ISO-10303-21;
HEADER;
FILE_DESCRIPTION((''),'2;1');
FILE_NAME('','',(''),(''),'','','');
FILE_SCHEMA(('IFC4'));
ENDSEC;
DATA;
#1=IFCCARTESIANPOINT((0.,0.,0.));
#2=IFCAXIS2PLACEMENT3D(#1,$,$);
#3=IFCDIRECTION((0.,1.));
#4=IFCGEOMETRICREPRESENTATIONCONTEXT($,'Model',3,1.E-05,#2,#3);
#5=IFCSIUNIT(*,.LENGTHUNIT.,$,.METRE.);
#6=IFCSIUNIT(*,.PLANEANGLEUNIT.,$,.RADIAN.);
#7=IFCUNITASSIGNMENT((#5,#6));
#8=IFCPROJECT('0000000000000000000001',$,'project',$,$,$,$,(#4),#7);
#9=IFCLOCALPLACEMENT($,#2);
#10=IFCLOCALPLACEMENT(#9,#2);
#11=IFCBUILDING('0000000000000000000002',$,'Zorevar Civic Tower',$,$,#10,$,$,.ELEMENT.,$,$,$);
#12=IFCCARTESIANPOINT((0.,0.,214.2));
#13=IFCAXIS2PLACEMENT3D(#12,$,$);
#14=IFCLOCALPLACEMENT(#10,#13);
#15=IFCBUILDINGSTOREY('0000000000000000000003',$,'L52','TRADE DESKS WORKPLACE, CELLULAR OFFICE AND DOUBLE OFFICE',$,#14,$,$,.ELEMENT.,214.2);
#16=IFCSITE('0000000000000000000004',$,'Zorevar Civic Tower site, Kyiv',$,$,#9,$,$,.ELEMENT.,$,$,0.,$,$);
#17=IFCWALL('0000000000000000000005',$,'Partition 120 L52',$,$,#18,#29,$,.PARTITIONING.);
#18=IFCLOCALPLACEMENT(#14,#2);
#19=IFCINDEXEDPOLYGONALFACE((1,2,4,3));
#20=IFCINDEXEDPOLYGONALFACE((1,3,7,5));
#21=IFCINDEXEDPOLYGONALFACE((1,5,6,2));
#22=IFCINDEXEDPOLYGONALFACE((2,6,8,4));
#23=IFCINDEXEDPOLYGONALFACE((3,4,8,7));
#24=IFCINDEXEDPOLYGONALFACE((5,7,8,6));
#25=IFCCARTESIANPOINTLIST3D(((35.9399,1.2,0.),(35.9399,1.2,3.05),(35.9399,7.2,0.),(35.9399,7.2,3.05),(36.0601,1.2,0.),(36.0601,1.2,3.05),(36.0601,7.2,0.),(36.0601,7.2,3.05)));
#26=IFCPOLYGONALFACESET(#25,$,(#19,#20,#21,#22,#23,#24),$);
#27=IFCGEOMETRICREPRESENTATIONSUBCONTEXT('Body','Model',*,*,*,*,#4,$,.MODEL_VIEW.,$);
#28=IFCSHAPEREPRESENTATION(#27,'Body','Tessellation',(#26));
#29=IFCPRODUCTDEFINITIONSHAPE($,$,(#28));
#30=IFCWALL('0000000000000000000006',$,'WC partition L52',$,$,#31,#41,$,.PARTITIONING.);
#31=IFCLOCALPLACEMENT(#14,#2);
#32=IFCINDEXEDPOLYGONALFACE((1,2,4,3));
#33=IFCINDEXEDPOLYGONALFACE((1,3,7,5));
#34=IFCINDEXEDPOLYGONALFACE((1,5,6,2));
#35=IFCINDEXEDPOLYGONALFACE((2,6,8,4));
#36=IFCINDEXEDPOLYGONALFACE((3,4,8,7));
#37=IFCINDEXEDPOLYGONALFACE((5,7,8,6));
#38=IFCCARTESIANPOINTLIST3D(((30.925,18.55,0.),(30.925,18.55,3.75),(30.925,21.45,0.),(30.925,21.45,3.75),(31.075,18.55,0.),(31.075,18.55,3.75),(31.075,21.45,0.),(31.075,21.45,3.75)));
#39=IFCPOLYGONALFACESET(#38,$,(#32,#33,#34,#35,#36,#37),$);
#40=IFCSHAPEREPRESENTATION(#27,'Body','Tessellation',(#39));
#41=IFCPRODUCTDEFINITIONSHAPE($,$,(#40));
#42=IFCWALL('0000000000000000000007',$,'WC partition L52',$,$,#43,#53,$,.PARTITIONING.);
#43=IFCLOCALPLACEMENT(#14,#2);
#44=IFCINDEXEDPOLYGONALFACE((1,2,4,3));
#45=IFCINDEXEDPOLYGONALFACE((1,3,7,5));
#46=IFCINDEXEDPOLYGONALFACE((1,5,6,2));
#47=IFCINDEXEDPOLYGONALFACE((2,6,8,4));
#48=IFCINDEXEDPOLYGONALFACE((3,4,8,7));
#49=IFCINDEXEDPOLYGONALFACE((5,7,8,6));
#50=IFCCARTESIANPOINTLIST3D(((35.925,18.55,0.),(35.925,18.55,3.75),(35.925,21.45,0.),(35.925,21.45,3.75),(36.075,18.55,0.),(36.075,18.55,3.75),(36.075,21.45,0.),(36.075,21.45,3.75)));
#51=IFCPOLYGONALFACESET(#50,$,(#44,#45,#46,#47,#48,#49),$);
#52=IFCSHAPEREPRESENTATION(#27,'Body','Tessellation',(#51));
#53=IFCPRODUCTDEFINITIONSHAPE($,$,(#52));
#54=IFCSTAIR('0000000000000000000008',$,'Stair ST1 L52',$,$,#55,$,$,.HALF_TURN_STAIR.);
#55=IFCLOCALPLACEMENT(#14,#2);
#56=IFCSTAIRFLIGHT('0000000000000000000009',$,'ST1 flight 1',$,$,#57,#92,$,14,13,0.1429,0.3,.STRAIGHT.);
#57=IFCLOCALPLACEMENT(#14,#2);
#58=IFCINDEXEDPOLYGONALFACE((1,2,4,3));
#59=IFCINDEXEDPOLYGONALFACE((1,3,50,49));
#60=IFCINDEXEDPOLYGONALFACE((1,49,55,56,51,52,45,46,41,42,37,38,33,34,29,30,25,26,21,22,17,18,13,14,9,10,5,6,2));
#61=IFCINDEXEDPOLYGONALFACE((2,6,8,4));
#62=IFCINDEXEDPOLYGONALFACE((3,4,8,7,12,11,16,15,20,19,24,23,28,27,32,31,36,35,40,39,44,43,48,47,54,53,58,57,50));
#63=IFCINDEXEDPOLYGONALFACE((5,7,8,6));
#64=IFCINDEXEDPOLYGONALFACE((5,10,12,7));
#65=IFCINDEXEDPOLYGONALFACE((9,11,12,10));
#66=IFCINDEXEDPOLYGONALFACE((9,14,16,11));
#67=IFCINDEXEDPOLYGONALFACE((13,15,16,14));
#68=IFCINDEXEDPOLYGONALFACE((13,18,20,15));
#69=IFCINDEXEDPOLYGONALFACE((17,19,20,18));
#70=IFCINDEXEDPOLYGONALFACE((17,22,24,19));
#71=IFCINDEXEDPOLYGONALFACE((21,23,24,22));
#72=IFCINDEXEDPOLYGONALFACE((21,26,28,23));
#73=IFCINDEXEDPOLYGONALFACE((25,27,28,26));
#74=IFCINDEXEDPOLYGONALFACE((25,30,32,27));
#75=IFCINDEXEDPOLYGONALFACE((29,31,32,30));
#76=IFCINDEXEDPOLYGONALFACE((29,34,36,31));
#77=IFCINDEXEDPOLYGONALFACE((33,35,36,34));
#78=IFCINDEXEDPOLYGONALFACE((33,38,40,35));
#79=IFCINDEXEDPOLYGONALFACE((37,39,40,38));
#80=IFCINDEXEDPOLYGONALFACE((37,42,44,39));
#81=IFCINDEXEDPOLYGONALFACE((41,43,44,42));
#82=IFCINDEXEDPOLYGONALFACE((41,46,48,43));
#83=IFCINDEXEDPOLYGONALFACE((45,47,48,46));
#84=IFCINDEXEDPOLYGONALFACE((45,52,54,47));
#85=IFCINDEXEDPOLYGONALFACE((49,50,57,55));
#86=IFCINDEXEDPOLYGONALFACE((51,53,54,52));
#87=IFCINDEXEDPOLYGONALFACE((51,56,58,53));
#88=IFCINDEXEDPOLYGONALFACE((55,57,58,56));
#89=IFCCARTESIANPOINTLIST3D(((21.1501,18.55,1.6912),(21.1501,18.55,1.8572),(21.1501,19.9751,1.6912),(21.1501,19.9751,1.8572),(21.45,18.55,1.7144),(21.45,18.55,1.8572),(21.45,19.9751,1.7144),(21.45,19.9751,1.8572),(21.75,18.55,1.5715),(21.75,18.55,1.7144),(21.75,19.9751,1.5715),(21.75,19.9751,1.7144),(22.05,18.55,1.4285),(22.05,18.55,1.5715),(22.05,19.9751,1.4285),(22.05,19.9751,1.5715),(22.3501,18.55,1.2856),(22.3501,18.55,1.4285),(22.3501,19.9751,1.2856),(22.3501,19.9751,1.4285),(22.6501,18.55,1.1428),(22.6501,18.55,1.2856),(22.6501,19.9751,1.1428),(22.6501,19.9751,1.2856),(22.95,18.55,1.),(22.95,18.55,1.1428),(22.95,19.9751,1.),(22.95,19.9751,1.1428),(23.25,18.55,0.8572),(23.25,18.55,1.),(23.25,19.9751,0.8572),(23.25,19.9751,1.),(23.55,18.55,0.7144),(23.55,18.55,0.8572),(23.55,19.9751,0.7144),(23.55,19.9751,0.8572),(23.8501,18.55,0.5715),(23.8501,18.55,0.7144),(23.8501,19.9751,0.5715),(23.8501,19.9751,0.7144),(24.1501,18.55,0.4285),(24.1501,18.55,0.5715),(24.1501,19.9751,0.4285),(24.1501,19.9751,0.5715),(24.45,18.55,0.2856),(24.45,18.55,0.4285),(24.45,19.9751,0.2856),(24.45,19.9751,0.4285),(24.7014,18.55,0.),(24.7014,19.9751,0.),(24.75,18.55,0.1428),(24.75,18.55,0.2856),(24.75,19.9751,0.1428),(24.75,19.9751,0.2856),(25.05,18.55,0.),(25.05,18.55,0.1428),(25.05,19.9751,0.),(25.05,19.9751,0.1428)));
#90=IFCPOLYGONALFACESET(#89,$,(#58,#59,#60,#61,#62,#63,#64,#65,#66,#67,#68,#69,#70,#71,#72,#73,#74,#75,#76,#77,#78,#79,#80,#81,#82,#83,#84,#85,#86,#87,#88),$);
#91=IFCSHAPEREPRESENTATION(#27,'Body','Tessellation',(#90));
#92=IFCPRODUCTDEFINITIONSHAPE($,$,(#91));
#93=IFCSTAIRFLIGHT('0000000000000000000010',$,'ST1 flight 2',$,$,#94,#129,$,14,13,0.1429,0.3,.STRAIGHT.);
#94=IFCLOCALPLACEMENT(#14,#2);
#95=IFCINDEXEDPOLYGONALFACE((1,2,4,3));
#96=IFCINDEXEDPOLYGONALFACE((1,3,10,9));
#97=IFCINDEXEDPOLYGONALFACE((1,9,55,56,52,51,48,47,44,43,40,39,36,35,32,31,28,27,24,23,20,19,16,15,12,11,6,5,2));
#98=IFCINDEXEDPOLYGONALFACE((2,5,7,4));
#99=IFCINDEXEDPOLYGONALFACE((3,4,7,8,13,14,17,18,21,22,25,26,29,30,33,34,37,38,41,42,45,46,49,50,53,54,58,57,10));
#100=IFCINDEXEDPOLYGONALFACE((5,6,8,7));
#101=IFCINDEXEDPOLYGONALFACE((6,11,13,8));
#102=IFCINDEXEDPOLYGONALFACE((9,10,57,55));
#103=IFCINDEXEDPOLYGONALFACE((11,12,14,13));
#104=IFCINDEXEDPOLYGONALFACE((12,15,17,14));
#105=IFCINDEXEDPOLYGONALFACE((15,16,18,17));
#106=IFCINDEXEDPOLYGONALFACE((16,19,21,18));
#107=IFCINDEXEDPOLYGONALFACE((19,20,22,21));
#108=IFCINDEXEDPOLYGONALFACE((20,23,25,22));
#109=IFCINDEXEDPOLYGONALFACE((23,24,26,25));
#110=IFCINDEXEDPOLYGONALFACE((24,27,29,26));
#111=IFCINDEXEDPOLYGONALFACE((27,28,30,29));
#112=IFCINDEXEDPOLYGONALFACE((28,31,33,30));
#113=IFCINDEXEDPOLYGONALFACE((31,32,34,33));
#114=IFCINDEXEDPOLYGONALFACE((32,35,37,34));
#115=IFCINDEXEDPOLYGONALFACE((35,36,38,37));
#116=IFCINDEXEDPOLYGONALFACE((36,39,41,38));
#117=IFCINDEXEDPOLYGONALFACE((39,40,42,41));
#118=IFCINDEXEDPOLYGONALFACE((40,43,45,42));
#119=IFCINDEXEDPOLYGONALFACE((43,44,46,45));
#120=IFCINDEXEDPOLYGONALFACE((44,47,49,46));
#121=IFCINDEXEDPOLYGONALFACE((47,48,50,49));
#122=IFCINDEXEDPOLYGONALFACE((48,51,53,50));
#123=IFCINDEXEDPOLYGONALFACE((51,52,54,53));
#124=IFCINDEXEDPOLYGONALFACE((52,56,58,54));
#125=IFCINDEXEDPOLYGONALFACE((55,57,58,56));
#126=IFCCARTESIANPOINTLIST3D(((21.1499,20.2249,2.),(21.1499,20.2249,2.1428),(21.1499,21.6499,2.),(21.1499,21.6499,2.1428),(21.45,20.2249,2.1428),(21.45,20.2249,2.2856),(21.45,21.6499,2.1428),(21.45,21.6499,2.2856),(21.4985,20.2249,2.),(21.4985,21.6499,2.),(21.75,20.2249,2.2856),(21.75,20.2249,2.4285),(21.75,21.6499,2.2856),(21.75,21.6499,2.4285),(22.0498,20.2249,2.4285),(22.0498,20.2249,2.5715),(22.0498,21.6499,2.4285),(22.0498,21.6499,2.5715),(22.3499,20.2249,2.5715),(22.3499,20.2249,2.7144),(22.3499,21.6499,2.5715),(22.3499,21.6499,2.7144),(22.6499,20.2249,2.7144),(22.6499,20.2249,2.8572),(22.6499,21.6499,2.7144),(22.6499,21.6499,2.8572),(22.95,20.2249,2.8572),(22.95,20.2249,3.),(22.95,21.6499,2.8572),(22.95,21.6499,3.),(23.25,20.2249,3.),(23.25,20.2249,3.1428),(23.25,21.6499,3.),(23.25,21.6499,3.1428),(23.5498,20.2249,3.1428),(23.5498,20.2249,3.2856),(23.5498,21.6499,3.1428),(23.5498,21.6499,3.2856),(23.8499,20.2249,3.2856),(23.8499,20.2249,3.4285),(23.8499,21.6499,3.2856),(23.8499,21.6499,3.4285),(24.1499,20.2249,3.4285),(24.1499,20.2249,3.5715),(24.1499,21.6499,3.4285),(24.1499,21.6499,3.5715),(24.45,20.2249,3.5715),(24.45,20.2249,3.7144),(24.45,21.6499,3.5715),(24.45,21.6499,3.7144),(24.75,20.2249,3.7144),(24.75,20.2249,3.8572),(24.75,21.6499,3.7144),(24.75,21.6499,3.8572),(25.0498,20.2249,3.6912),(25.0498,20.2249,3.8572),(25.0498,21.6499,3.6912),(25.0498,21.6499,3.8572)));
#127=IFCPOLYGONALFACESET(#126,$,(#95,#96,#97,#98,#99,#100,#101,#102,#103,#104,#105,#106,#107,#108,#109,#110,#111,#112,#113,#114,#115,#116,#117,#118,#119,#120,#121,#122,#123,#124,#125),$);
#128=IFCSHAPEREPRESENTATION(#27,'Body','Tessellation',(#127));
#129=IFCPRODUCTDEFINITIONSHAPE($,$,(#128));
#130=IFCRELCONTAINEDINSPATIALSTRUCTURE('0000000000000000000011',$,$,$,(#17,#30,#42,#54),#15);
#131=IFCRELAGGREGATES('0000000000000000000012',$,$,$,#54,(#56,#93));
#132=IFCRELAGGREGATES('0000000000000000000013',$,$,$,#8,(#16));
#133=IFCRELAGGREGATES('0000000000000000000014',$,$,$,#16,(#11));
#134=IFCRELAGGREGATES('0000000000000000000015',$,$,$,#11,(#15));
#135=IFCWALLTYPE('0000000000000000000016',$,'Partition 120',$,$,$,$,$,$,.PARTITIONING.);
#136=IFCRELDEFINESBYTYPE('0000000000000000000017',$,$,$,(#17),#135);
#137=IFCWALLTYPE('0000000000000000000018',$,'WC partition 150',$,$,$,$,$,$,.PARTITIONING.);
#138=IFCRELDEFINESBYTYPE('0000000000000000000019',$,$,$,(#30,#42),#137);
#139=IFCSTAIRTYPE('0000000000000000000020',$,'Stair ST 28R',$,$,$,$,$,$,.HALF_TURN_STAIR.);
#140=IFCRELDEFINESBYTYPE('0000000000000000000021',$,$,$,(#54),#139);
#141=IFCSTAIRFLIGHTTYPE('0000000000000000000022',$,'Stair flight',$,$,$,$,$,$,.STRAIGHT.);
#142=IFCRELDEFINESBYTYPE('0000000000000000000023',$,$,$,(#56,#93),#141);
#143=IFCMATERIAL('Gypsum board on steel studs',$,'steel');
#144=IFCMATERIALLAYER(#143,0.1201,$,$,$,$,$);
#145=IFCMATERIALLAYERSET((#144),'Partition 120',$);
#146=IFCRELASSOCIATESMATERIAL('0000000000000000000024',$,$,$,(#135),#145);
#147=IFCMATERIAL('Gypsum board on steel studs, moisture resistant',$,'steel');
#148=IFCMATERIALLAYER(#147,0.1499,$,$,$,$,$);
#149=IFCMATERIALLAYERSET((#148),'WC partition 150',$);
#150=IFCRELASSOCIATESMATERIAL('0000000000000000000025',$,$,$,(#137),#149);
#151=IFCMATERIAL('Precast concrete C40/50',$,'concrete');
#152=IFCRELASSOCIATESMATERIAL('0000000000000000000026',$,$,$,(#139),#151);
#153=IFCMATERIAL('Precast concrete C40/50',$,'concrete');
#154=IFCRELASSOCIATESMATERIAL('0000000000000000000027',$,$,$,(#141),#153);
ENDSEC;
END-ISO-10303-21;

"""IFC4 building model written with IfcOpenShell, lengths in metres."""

from ifc_helpers import new_model, si_unit, direction, frame, frame_2d, origin, place, context, subcontext, project, spatial, polyline, rectangle, outline, extrude, material, layer, layer_set, type_object, element, aggregate, save


model = new_model("IFC4")

# Units and contexts
model_context = context("Model", 3, precision=1e-05, world=origin(), true_north=direction((0.0, 1.0)))
body_context = subcontext(model_context, "Body", "Model", "MODEL_VIEW")
ifc_project = project(units=[si_unit("LENGTHUNIT", "METRE"), si_unit("PLANEANGLEUNIT", "RADIAN")], contexts=[model_context])

# Site, building, storey
site_placement = place(None, origin())
site = spatial("IfcSite", under=ifc_project, at=site_placement, Name="Zorevar Civic Tower site, Kyiv", CompositionType="ELEMENT", RefElevation=0.0)
building_placement = place(site_placement, origin())
building = spatial("IfcBuilding", under=site, at=building_placement, Name="Zorevar Civic Tower", CompositionType="ELEMENT")
storey_placement = place(building_placement, frame((0.0, 0.0, 214.2)))
storey = spatial("IfcBuildingStorey", under=building, at=storey_placement, Name="L52", Description="TRADE DESKS WORKPLACE, CELLULAR OFFICE AND DOUBLE OFFICE", CompositionType="ELEMENT", Elevation=214.2)

# Shared definitions
ifc_material_1 = material(Name="Gypsum board on steel studs", Category="steel")
ifc_layer_1 = layer(ifc_material_1, 0.1201)
ifc_layer_set_1 = layer_set([ifc_layer_1], Name="Partition 120")
wall_type_1 = type_object("IfcWallType", Name="Partition 120", PredefinedType="PARTITIONING", material=ifc_layer_set_1)

# Walls
wall_1_placement = place(storey_placement, frame((36.0, 1.2, 0.0), z_axis=(0.0, 0.0, 1.0), x_axis=(0.0, 1.0, 0.0)))
element("IfcWall", 1, at=wall_1_placement, inside=storey, type_object=wall_type_1, Name="Partition 120 L52", PredefinedType="PARTITIONING", context=body_context, shape_type="SweptSolid", body=[
    extrude(rectangle(XDim=6.0, YDim=0.1201, at=frame_2d((3.0, 0.0))), origin(), (0.0, 0.0, 1.0), 3.05),
])
ifc_material_2 = material(Name="Gypsum board on steel studs, moisture resistant", Category="steel")
ifc_layer_2 = layer(ifc_material_2, 0.1499)
ifc_layer_set_2 = layer_set([ifc_layer_2], Name="WC partition 150")
wall_type_2 = type_object("IfcWallType", Name="WC partition 150", PredefinedType="PARTITIONING", material=ifc_layer_set_2)
for number, where, z_axis, x_axis, name in (
    (2, (31.0, 18.55, 0.0), (0.0, 0.0, 1.0), (0.0, 1.0, 0.0), "WC partition L52"),
    (3, (36.0, 18.55, 0.0), (0.0, 0.0, 1.0), (0.0, 1.0, 0.0), "WC partition L52"),
):
    element("IfcWall", number, at=place(storey_placement, frame(where, z_axis=z_axis, x_axis=x_axis)), inside=storey, type_object=wall_type_2, Name=name, PredefinedType="PARTITIONING", context=body_context, shape_type="SweptSolid", body=[
        extrude(rectangle(XDim=2.8999, YDim=0.1499, at=frame_2d((1.45, 0.0))), origin(), (0.0, 0.0, 1.0), 3.75),
    ])

# Stair, stair flights
ifc_material_3 = material(Name="Precast concrete C40/50", Category="concrete")
stair_type = type_object("IfcStairType", Name="Stair ST 28R", PredefinedType="HALF_TURN_STAIR", material=ifc_material_3)
stair_placement = place(storey_placement, origin())
stair = element("IfcStair", 4, at=stair_placement, inside=storey, type_object=stair_type, Name="Stair ST1 L52", PredefinedType="HALF_TURN_STAIR")
ifc_material_4 = material(Name="Precast concrete C40/50", Category="concrete")
stair_flight_type = type_object("IfcStairFlightType", Name="Stair flight", PredefinedType="STRAIGHT", material=ifc_material_4)
stair_flight_1_placement = place(storey_placement, frame((25.05, 19.2625, 0.0), z_axis=(0.0, 0.0, 1.0), x_axis=(-1.0, 0.0, 0.0)))
stair_flight_1 = element("IfcStairFlight", 5, at=stair_flight_1_placement, type_object=stair_flight_type, Name="ST1 flight 1", NumberOfRisers=14, NumberOfTreads=13, PredefinedType="STRAIGHT", RiserHeight=0.1429, TreadLength=0.3, context=body_context, shape_type="SweptSolid", body=[
    extrude(outline(polyline([(0.0, 0.0), (0.0, 0.1428), (0.3, 0.1428), (0.3, 0.2856), (0.6001, 0.2856), (0.6001, 0.4285), (0.8999, 0.4285), (0.8999, 0.5715), (1.2, 0.5715), (1.2, 0.7144), (1.5, 0.7144), (1.5, 0.8572), (1.8, 0.8572), (1.8, 1.0), (2.1001, 1.0), (2.1001, 1.1428), (2.3999, 1.1428), (2.3999, 1.2856), (2.7, 1.2856), (2.7, 1.4285), (3.0, 1.4285), (3.0, 1.5715), (3.3, 1.5715), (3.3, 1.7144), (3.6001, 1.7144), (3.6001, 1.8572), (3.8999, 1.8572), (3.8999, 2.0), (3.8999, 1.6912), (0.3486, 0.0), (0.0, 0.0)])), frame((0.0, 0.7124, 0.0), z_axis=(0.0, -1.0, 0.0), x_axis=(1.0, 0.0, 0.0)), (0.0, 0.0, 1.0), 1.425),
])
stair_flight_2_placement = place(storey_placement, frame((21.1499, 20.9375, 2.0), z_axis=(0.0, 0.0, 1.0), x_axis=(1.0, 0.0, 0.0)))
stair_flight_2 = element("IfcStairFlight", 6, at=stair_flight_2_placement, type_object=stair_flight_type, Name="ST1 flight 2", NumberOfRisers=14, NumberOfTreads=13, PredefinedType="STRAIGHT", RiserHeight=0.1429, TreadLength=0.3, context=body_context, shape_type="SweptSolid", body=[
    extrude(outline(polyline([(0.0, 0.0), (0.0, 0.1428), (0.3, 0.1428), (0.3, 0.2856), (0.6001, 0.2856), (0.6001, 0.4285), (0.8999, 0.4285), (0.8999, 0.5715), (1.2, 0.5715), (1.2, 0.7144), (1.5, 0.7144), (1.5, 0.8572), (1.8, 0.8572), (1.8, 1.0), (2.1001, 1.0), (2.1001, 1.1428), (2.3999, 1.1428), (2.3999, 1.2856), (2.7, 1.2856), (2.7, 1.4285), (3.0, 1.4285), (3.0, 1.5715), (3.3, 1.5715), (3.3, 1.7144), (3.6001, 1.7144), (3.6001, 1.8572), (3.8999, 1.8572), (3.8999, 2.0), (3.8999, 1.6912), (0.3486, 0.0), (0.0, 0.0)])), frame((0.0, 0.7124, 0.0), z_axis=(0.0, -1.0, 0.0), x_axis=(1.0, 0.0, 0.0)), (0.0, 0.0, 1.0), 1.425),
])
aggregate(stair, [stair_flight_1, stair_flight_2])

save(model, "model.ifc")
